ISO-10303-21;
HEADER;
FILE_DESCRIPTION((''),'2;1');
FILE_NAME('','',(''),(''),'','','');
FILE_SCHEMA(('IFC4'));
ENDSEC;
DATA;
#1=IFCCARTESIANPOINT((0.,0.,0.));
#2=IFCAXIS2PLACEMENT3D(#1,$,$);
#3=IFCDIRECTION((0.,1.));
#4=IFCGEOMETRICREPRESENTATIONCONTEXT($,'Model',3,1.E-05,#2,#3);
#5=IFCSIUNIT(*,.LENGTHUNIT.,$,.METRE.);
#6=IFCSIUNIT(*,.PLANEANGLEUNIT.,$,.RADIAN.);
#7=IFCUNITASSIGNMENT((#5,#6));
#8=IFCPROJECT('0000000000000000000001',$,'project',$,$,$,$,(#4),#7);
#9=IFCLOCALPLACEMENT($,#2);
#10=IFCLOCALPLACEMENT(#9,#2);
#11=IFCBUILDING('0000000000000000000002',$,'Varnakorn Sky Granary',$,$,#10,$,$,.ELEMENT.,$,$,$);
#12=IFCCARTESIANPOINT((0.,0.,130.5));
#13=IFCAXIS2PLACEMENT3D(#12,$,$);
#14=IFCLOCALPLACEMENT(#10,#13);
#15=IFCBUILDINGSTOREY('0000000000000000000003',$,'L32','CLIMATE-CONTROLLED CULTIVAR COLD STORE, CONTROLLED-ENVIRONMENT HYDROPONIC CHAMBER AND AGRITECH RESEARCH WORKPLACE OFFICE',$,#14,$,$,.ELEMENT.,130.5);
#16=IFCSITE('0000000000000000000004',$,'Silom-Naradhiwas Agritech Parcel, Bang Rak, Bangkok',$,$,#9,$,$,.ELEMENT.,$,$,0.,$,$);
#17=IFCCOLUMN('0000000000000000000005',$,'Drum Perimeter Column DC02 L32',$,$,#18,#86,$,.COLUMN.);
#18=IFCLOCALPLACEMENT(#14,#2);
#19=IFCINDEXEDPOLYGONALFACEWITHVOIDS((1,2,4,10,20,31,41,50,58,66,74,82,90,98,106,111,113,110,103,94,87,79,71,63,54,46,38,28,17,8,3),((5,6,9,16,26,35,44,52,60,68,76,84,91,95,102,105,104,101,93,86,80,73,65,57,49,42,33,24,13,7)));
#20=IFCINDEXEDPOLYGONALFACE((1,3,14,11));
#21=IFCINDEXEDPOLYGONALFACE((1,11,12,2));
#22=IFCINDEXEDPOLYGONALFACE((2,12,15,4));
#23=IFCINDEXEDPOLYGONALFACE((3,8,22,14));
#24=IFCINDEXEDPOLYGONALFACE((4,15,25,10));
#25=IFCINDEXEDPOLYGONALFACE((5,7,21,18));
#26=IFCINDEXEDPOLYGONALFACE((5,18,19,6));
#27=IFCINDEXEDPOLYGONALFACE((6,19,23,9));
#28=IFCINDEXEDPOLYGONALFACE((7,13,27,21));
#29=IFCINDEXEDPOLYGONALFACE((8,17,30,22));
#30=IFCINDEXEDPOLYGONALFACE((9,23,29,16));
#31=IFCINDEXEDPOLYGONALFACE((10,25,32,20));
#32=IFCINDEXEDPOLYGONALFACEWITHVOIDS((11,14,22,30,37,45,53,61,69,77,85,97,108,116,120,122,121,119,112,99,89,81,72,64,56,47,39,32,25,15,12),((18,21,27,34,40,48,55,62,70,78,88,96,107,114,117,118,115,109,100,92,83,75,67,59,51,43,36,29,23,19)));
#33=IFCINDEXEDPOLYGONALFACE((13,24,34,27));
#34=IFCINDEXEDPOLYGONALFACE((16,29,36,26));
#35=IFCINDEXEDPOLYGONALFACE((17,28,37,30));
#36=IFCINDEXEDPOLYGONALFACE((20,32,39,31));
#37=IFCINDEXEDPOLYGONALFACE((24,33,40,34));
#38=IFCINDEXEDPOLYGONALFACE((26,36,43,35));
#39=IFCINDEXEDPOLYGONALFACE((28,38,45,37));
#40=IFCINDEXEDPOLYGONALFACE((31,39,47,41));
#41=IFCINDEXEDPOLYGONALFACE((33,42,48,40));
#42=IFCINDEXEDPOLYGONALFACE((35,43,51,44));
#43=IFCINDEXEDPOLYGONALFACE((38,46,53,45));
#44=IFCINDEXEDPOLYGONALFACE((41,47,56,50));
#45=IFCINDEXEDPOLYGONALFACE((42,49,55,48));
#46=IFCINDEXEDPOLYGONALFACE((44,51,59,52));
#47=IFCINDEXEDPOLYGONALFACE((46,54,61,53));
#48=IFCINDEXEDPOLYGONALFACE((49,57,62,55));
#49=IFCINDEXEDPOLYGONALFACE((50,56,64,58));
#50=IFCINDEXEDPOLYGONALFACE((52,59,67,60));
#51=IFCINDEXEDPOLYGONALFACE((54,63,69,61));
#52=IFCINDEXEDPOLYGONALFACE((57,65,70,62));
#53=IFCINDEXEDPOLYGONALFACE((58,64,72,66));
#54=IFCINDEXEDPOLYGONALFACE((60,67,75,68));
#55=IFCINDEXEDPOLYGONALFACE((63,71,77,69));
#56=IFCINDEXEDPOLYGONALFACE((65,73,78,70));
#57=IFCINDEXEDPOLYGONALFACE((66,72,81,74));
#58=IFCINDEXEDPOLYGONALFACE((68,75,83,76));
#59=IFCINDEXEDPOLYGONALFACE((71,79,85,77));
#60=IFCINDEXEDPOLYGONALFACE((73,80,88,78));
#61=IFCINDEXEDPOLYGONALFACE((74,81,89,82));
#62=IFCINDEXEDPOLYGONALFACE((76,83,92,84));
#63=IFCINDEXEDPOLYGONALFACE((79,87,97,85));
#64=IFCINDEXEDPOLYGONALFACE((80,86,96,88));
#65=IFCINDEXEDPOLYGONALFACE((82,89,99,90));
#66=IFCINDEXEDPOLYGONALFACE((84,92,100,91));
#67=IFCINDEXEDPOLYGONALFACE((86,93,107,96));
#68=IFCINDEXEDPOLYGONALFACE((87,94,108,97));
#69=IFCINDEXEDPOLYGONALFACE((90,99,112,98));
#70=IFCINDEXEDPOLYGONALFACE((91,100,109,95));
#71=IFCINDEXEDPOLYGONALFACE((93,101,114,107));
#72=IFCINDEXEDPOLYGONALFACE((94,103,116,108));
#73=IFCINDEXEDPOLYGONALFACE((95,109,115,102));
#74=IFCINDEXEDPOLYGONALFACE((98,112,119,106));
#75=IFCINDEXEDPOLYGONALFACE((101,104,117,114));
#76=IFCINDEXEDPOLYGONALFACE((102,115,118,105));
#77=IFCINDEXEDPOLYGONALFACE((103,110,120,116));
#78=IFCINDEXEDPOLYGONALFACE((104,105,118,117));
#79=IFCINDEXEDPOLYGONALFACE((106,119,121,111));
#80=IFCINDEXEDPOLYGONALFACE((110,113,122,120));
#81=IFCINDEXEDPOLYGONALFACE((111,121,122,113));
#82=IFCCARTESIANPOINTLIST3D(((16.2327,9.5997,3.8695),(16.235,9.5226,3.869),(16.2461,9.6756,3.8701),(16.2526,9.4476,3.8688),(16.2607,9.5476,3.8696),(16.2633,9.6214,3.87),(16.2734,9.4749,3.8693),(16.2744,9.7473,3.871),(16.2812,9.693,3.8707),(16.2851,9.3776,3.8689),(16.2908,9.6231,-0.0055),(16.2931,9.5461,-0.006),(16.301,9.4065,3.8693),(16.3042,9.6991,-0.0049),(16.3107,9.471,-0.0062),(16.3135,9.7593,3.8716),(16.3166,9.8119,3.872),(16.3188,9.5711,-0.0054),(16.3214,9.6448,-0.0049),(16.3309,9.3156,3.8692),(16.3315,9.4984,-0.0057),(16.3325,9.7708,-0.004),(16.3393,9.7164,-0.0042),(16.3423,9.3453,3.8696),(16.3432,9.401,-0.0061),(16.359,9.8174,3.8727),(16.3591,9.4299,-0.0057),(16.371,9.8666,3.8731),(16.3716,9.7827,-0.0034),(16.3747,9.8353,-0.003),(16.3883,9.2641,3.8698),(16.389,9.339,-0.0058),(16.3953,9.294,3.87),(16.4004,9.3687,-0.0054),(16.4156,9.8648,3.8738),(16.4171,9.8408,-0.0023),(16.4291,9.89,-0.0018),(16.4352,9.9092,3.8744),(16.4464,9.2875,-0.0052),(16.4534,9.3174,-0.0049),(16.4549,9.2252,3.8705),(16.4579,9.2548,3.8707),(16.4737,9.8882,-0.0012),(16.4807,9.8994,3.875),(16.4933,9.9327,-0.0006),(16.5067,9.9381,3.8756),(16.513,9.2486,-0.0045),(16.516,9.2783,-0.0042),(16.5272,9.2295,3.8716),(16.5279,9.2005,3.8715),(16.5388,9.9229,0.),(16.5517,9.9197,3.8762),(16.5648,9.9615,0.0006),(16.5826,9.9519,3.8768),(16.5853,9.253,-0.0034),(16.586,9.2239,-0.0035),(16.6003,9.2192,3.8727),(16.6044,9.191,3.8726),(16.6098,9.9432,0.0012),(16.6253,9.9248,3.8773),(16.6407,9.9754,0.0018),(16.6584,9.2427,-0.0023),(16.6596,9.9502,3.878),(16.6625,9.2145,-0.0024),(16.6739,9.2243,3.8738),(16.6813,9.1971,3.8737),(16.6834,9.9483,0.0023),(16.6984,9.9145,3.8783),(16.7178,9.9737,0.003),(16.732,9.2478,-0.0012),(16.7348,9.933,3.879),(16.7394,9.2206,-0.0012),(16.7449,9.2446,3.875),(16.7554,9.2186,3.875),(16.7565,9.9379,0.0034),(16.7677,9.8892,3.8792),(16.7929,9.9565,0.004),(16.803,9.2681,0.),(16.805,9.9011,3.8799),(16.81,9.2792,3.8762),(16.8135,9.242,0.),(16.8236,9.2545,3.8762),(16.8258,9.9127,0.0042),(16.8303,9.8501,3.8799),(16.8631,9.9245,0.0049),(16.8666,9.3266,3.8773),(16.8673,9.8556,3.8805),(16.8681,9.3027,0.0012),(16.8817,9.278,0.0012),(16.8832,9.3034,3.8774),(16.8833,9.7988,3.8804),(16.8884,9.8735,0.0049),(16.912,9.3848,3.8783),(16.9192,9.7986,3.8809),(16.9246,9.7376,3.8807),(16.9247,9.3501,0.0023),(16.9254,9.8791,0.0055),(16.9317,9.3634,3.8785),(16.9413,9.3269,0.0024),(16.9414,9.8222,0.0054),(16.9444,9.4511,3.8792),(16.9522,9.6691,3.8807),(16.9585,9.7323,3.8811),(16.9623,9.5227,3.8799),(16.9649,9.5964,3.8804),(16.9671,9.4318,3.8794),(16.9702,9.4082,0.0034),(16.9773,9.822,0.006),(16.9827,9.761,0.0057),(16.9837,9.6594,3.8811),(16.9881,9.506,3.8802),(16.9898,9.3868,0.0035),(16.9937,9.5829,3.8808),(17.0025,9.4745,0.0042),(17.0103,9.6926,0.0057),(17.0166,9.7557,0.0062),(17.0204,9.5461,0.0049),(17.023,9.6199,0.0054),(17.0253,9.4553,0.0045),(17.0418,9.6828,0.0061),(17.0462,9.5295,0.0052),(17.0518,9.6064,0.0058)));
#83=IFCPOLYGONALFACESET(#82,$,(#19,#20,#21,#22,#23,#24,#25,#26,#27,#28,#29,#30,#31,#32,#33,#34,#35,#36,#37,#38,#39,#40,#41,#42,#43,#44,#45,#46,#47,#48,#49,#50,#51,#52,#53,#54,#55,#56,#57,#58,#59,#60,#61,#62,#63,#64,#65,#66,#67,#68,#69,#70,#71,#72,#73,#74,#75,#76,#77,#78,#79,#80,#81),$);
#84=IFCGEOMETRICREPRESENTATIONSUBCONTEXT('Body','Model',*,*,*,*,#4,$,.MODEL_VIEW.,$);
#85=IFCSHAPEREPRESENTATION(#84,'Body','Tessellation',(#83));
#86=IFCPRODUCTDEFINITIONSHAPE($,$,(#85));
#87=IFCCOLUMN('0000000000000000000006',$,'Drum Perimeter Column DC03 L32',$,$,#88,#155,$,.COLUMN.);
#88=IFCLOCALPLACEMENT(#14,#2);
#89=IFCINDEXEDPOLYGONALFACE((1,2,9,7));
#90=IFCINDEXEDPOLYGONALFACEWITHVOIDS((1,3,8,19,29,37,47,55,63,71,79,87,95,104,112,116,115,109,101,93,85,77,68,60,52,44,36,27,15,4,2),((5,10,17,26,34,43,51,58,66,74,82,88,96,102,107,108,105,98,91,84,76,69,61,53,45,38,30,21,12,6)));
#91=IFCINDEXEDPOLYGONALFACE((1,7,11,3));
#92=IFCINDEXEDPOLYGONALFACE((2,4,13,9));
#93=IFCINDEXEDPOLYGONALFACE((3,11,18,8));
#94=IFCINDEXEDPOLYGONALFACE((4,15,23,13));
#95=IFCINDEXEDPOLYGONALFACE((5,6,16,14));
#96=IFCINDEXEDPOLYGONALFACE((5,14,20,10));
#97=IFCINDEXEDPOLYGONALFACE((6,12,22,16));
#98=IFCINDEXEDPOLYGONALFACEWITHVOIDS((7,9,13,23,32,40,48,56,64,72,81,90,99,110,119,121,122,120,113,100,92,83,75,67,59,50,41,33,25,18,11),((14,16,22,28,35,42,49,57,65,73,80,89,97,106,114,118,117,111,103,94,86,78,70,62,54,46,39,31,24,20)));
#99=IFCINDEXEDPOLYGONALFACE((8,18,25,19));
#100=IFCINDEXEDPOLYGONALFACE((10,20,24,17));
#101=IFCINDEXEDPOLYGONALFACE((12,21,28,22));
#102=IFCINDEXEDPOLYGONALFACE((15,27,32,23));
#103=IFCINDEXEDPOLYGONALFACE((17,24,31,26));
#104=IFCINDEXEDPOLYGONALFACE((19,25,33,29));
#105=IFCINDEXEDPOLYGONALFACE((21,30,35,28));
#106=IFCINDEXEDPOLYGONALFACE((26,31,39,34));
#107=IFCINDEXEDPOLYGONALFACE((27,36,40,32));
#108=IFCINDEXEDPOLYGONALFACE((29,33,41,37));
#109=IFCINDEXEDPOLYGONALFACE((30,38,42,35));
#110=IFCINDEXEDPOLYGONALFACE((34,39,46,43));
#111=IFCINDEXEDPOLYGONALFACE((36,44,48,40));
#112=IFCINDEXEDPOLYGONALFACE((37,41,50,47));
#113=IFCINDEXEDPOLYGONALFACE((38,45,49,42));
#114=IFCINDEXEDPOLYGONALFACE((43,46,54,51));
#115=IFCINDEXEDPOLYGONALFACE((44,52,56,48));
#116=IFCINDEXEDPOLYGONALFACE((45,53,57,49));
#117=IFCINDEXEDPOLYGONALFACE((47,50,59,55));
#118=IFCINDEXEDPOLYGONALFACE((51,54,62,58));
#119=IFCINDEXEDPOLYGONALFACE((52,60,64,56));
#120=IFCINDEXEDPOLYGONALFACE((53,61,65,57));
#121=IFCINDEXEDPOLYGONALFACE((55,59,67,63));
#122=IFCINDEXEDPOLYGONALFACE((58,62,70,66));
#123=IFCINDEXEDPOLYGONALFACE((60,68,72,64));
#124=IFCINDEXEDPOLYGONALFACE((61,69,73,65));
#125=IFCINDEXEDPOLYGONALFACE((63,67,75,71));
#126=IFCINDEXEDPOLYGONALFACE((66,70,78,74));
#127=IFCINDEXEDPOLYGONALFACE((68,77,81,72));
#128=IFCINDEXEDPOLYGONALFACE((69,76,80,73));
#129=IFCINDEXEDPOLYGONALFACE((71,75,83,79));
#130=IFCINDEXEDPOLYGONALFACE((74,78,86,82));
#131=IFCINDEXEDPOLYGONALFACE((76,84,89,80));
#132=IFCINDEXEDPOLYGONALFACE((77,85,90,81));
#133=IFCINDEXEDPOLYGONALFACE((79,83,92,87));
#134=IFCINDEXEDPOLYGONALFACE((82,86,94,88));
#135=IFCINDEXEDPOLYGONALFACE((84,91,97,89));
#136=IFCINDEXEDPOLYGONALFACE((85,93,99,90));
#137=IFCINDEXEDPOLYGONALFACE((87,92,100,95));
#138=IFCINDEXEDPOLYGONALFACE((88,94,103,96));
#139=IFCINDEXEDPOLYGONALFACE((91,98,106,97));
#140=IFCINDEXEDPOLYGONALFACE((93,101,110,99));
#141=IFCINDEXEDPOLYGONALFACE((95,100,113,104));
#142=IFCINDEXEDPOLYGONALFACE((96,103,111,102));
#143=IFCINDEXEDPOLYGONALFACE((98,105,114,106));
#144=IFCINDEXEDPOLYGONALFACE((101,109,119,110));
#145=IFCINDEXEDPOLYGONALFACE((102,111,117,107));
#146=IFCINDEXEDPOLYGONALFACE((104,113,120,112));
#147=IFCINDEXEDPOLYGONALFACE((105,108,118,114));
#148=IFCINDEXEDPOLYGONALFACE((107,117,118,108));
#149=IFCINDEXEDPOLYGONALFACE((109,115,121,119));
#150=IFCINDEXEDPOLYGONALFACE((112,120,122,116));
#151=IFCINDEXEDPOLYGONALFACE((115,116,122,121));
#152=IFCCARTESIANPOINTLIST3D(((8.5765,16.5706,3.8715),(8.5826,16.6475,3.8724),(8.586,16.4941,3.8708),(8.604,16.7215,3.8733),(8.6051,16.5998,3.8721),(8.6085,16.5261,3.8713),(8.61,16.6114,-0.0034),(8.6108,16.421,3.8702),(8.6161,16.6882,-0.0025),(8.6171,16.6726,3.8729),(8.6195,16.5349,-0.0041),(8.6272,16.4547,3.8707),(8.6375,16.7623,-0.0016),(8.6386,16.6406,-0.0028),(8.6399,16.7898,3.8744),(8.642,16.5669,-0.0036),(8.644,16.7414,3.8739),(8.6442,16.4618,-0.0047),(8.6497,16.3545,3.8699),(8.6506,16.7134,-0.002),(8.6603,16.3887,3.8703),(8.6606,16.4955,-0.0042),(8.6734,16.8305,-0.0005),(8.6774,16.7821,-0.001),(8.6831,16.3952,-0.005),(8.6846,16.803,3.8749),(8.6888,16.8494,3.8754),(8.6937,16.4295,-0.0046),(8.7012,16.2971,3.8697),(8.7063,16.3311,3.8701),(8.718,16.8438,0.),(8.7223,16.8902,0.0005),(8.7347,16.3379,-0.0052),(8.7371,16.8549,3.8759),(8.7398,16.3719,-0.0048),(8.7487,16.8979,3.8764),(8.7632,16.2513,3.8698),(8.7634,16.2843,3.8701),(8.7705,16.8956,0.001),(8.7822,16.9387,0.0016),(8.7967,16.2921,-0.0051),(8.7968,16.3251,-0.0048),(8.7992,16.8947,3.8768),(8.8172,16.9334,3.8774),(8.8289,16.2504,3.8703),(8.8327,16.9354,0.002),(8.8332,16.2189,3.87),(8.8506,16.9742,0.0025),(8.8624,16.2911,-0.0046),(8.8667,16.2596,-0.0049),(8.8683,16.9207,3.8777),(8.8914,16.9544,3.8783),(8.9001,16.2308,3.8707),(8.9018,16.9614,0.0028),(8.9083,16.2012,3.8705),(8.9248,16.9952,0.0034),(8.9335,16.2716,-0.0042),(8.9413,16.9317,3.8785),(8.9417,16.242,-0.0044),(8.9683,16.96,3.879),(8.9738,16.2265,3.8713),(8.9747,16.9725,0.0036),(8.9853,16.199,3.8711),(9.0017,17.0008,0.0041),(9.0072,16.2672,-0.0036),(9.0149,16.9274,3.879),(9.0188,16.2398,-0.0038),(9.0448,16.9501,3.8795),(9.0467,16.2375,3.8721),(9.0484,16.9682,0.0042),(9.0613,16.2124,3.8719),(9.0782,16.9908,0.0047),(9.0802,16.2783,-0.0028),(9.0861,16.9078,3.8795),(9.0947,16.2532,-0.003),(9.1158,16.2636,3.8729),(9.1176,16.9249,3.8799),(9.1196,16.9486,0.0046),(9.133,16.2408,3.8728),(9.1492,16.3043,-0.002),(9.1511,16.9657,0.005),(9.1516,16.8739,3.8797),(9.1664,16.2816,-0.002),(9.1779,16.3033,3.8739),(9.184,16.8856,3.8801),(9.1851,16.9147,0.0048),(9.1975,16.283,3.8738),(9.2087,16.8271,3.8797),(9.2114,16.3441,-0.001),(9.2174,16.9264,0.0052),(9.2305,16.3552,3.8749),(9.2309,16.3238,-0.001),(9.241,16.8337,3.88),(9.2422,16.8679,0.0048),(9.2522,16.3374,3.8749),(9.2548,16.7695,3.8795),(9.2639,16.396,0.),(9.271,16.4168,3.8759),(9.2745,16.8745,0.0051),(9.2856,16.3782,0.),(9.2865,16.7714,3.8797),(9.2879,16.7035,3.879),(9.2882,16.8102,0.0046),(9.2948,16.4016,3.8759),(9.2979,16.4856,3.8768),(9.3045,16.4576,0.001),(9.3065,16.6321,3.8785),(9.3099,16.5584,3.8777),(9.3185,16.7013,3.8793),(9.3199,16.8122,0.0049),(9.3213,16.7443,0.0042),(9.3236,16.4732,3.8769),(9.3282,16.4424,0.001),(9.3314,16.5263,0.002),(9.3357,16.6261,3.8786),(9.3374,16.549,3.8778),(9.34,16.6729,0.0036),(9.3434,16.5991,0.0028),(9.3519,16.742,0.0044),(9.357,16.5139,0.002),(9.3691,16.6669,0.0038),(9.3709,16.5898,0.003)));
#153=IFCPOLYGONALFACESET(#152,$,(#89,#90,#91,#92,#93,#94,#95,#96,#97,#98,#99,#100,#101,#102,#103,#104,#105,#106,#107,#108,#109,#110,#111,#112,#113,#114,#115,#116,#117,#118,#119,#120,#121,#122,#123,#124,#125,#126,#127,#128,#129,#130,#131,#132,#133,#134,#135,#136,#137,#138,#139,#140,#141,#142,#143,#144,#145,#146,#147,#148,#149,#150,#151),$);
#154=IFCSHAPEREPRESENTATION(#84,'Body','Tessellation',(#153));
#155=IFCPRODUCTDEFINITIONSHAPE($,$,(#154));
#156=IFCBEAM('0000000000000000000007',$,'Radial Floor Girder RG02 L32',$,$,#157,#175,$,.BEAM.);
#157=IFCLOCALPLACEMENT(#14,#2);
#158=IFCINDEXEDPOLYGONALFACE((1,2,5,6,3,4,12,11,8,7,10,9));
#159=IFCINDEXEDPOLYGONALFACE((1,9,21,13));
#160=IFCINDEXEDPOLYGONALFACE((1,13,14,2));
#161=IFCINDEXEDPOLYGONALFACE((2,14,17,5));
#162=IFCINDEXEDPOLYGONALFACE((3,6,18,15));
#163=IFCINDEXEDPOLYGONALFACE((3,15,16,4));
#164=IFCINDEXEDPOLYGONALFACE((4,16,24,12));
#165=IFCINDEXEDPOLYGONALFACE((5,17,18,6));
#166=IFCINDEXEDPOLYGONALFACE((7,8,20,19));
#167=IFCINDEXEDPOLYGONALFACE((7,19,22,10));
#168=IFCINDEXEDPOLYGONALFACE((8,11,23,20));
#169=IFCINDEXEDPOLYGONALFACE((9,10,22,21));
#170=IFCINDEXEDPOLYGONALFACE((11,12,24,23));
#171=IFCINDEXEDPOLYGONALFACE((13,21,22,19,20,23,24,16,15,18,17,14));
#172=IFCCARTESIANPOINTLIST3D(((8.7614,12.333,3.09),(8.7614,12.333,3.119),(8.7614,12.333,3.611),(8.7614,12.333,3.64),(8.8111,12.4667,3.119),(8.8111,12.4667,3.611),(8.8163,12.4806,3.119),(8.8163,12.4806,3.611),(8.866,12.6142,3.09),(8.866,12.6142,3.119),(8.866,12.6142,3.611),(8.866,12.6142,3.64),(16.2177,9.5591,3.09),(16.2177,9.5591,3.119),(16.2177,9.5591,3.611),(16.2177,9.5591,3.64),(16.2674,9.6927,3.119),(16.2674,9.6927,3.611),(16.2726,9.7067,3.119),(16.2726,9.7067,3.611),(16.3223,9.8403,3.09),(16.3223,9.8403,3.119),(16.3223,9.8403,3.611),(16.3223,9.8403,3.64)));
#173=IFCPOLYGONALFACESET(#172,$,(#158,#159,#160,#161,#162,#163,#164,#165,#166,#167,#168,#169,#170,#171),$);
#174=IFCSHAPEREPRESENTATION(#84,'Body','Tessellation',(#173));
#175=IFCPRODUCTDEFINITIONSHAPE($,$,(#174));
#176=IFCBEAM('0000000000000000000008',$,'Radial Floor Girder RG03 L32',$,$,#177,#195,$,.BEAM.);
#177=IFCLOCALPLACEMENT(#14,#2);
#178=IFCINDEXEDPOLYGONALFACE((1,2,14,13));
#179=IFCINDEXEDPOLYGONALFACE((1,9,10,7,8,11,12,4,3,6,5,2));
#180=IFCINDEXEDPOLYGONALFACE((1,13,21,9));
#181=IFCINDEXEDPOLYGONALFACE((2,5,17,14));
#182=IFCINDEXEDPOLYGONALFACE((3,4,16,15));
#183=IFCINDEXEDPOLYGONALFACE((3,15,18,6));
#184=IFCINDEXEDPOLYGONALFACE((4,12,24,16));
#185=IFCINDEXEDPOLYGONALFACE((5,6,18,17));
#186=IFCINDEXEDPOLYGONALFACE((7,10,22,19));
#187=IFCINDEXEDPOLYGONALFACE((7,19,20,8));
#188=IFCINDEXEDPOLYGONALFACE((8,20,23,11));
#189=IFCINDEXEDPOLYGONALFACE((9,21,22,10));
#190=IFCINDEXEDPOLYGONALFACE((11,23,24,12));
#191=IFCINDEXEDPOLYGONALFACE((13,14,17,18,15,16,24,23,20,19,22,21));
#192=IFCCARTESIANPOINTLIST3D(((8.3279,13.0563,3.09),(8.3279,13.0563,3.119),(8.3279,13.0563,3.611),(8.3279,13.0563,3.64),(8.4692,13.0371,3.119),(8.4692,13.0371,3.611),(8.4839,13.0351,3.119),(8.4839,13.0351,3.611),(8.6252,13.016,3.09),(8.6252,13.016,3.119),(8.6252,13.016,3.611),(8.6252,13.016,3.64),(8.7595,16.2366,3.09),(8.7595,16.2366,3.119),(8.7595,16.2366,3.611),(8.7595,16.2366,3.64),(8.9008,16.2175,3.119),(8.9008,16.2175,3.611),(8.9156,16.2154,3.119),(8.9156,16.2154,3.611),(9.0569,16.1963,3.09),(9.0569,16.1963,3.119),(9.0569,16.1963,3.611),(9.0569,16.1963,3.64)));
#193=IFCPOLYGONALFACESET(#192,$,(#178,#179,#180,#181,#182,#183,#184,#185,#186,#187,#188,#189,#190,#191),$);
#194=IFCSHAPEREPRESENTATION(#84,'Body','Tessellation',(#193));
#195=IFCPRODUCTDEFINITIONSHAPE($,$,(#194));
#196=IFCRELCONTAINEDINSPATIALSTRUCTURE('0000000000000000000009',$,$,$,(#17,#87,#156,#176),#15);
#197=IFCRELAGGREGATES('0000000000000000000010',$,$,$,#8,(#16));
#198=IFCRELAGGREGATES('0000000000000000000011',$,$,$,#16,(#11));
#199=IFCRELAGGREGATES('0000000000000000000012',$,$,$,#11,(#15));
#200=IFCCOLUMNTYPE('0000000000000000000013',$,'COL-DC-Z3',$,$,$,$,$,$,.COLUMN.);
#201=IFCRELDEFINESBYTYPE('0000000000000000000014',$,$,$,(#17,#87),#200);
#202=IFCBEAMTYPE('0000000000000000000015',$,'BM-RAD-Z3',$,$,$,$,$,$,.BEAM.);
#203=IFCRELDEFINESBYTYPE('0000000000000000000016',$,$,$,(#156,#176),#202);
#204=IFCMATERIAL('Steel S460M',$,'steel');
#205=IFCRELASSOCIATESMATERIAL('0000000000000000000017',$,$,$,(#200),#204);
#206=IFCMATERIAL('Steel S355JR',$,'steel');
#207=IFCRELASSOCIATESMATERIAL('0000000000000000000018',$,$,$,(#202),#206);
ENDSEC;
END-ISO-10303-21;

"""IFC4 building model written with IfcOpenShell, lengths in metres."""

from ifc_helpers import new_model, si_unit, direction, frame, origin, origin_2d, place, context, subcontext, project, spatial, hollow_circle, i_section, extrude, material, material_profile, profile_set, type_object, element, save


model = new_model("IFC4")

# Units and contexts
model_context = context("Model", 3, precision=1e-05, world=origin(), true_north=direction((0.0, 1.0)))
body_context = subcontext(model_context, "Body", "Model", "MODEL_VIEW")
ifc_project = project(units=[si_unit("LENGTHUNIT", "METRE"), si_unit("PLANEANGLEUNIT", "RADIAN")], contexts=[model_context])

# Site, building, storey
site_placement = place(None, origin())
site = spatial("IfcSite", under=ifc_project, at=site_placement, Name="Silom-Naradhiwas Agritech Parcel, Bang Rak, Bangkok", CompositionType="ELEMENT", RefElevation=0.0)
building_placement = place(site_placement, origin())
building = spatial("IfcBuilding", under=site, at=building_placement, Name="Varnakorn Sky Granary", CompositionType="ELEMENT")
storey_placement = place(building_placement, frame((0.0, 0.0, 130.5)))
storey = spatial("IfcBuildingStorey", under=building, at=storey_placement, Name="L32", Description="CLIMATE-CONTROLLED CULTIVAR COLD STORE, CONTROLLED-ENVIRONMENT HYDROPONIC CHAMBER AND AGRITECH RESEARCH WORKPLACE OFFICE", CompositionType="ELEMENT", Elevation=130.5)

# Columns
ifc_material_1 = material(Name="Steel S460M", Category="steel")
ifc_material_profile_1 = material_profile(ifc_material_1, hollow_circle(Radius=0.3811, WallThickness=0.0281, at=origin_2d()), Name="CHS 762x28")
ifc_profile_set_1 = profile_set([ifc_material_profile_1], Name="Steel S460M")
column_type = type_object("IfcColumnType", Name="COL-DC-Z3", PredefinedType="COLUMN", material=ifc_profile_set_1)
column_1_placement = place(storey_placement, frame((16.6709, 9.5955, 0.0), z_axis=(-0.014993, -0.006048, 0.999869), x_axis=(0.374076, -0.927398, 0.0)))
element("IfcColumn", 1, at=column_1_placement, inside=storey, type_object=column_type, Name="Drum Perimeter Column DC02 L32", PredefinedType="COLUMN", context=body_context, shape_type="SweptSolid", body=[
    extrude(hollow_circle(Radius=0.3811, WallThickness=0.0281, at=origin_2d()), origin(), (0.0, 0.0, 1.0), 3.8755),
])
column_2_placement = place(storey_placement, frame((8.991, 16.6199, 0.0), z_axis=(-0.008631, -0.010521, 0.999907), x_axis=(0.773132, -0.634246, 0.0)))
element("IfcColumn", 2, at=column_2_placement, inside=storey, type_object=column_type, Name="Drum Perimeter Column DC03 L32", PredefinedType="COLUMN", context=body_context, shape_type="SweptSolid", body=[
    extrude(hollow_circle(Radius=0.3811, WallThickness=0.0281, at=origin_2d()), origin(), (0.0, 0.0, 1.0), 3.8752),
])

# Beams
ifc_material_2 = material(Name="Steel S355JR", Category="steel")
ifc_material_profile_2 = material_profile(ifc_material_2, i_section(OverallWidth=0.3, OverallDepth=0.55, WebThickness=0.0149, FlangeThickness=0.0291, at=origin_2d()), Name="HE 550 B")
ifc_profile_set_2 = profile_set([ifc_material_profile_2], Name="Steel S355JR")
beam_type_1 = type_object("IfcBeamType", Name="BM-RAD-Z3", PredefinedType="BEAM", material=ifc_profile_set_2)
beam_1_placement = place(storey_placement, frame((8.8137, 12.4736, 3.365), z_axis=(0.937243, -0.348677, 0.0), x_axis=(0.348677, 0.937243, 0.0)))
element("IfcBeam", 3, at=beam_1_placement, inside=storey, type_object=beam_type_1, Name="Radial Floor Girder RG02 L32", PredefinedType="BEAM", context=body_context, shape_type="SweptSolid", body=[
    extrude(i_section(OverallWidth=0.3, OverallDepth=0.55, WebThickness=0.0149, FlangeThickness=0.0291, at=origin_2d()), origin(), (0.0, 0.0, 1.0), 7.9556),
])
beam_2_placement = place(storey_placement, frame((8.4766, 13.0361, 3.365), z_axis=(0.134485, 0.990916, 0.0), x_axis=(-0.990916, 0.134485, 0.0)))
element("IfcBeam", 4, at=beam_2_placement, inside=storey, type_object=beam_type_1, Name="Radial Floor Girder RG03 L32", PredefinedType="BEAM", context=body_context, shape_type="SweptSolid", body=[
    extrude(i_section(OverallWidth=0.3, OverallDepth=0.55, WebThickness=0.0149, FlangeThickness=0.0291, at=origin_2d()), origin(), (0.0, 0.0, 1.0), 3.2095),
])

save(model, "model.ifc")
